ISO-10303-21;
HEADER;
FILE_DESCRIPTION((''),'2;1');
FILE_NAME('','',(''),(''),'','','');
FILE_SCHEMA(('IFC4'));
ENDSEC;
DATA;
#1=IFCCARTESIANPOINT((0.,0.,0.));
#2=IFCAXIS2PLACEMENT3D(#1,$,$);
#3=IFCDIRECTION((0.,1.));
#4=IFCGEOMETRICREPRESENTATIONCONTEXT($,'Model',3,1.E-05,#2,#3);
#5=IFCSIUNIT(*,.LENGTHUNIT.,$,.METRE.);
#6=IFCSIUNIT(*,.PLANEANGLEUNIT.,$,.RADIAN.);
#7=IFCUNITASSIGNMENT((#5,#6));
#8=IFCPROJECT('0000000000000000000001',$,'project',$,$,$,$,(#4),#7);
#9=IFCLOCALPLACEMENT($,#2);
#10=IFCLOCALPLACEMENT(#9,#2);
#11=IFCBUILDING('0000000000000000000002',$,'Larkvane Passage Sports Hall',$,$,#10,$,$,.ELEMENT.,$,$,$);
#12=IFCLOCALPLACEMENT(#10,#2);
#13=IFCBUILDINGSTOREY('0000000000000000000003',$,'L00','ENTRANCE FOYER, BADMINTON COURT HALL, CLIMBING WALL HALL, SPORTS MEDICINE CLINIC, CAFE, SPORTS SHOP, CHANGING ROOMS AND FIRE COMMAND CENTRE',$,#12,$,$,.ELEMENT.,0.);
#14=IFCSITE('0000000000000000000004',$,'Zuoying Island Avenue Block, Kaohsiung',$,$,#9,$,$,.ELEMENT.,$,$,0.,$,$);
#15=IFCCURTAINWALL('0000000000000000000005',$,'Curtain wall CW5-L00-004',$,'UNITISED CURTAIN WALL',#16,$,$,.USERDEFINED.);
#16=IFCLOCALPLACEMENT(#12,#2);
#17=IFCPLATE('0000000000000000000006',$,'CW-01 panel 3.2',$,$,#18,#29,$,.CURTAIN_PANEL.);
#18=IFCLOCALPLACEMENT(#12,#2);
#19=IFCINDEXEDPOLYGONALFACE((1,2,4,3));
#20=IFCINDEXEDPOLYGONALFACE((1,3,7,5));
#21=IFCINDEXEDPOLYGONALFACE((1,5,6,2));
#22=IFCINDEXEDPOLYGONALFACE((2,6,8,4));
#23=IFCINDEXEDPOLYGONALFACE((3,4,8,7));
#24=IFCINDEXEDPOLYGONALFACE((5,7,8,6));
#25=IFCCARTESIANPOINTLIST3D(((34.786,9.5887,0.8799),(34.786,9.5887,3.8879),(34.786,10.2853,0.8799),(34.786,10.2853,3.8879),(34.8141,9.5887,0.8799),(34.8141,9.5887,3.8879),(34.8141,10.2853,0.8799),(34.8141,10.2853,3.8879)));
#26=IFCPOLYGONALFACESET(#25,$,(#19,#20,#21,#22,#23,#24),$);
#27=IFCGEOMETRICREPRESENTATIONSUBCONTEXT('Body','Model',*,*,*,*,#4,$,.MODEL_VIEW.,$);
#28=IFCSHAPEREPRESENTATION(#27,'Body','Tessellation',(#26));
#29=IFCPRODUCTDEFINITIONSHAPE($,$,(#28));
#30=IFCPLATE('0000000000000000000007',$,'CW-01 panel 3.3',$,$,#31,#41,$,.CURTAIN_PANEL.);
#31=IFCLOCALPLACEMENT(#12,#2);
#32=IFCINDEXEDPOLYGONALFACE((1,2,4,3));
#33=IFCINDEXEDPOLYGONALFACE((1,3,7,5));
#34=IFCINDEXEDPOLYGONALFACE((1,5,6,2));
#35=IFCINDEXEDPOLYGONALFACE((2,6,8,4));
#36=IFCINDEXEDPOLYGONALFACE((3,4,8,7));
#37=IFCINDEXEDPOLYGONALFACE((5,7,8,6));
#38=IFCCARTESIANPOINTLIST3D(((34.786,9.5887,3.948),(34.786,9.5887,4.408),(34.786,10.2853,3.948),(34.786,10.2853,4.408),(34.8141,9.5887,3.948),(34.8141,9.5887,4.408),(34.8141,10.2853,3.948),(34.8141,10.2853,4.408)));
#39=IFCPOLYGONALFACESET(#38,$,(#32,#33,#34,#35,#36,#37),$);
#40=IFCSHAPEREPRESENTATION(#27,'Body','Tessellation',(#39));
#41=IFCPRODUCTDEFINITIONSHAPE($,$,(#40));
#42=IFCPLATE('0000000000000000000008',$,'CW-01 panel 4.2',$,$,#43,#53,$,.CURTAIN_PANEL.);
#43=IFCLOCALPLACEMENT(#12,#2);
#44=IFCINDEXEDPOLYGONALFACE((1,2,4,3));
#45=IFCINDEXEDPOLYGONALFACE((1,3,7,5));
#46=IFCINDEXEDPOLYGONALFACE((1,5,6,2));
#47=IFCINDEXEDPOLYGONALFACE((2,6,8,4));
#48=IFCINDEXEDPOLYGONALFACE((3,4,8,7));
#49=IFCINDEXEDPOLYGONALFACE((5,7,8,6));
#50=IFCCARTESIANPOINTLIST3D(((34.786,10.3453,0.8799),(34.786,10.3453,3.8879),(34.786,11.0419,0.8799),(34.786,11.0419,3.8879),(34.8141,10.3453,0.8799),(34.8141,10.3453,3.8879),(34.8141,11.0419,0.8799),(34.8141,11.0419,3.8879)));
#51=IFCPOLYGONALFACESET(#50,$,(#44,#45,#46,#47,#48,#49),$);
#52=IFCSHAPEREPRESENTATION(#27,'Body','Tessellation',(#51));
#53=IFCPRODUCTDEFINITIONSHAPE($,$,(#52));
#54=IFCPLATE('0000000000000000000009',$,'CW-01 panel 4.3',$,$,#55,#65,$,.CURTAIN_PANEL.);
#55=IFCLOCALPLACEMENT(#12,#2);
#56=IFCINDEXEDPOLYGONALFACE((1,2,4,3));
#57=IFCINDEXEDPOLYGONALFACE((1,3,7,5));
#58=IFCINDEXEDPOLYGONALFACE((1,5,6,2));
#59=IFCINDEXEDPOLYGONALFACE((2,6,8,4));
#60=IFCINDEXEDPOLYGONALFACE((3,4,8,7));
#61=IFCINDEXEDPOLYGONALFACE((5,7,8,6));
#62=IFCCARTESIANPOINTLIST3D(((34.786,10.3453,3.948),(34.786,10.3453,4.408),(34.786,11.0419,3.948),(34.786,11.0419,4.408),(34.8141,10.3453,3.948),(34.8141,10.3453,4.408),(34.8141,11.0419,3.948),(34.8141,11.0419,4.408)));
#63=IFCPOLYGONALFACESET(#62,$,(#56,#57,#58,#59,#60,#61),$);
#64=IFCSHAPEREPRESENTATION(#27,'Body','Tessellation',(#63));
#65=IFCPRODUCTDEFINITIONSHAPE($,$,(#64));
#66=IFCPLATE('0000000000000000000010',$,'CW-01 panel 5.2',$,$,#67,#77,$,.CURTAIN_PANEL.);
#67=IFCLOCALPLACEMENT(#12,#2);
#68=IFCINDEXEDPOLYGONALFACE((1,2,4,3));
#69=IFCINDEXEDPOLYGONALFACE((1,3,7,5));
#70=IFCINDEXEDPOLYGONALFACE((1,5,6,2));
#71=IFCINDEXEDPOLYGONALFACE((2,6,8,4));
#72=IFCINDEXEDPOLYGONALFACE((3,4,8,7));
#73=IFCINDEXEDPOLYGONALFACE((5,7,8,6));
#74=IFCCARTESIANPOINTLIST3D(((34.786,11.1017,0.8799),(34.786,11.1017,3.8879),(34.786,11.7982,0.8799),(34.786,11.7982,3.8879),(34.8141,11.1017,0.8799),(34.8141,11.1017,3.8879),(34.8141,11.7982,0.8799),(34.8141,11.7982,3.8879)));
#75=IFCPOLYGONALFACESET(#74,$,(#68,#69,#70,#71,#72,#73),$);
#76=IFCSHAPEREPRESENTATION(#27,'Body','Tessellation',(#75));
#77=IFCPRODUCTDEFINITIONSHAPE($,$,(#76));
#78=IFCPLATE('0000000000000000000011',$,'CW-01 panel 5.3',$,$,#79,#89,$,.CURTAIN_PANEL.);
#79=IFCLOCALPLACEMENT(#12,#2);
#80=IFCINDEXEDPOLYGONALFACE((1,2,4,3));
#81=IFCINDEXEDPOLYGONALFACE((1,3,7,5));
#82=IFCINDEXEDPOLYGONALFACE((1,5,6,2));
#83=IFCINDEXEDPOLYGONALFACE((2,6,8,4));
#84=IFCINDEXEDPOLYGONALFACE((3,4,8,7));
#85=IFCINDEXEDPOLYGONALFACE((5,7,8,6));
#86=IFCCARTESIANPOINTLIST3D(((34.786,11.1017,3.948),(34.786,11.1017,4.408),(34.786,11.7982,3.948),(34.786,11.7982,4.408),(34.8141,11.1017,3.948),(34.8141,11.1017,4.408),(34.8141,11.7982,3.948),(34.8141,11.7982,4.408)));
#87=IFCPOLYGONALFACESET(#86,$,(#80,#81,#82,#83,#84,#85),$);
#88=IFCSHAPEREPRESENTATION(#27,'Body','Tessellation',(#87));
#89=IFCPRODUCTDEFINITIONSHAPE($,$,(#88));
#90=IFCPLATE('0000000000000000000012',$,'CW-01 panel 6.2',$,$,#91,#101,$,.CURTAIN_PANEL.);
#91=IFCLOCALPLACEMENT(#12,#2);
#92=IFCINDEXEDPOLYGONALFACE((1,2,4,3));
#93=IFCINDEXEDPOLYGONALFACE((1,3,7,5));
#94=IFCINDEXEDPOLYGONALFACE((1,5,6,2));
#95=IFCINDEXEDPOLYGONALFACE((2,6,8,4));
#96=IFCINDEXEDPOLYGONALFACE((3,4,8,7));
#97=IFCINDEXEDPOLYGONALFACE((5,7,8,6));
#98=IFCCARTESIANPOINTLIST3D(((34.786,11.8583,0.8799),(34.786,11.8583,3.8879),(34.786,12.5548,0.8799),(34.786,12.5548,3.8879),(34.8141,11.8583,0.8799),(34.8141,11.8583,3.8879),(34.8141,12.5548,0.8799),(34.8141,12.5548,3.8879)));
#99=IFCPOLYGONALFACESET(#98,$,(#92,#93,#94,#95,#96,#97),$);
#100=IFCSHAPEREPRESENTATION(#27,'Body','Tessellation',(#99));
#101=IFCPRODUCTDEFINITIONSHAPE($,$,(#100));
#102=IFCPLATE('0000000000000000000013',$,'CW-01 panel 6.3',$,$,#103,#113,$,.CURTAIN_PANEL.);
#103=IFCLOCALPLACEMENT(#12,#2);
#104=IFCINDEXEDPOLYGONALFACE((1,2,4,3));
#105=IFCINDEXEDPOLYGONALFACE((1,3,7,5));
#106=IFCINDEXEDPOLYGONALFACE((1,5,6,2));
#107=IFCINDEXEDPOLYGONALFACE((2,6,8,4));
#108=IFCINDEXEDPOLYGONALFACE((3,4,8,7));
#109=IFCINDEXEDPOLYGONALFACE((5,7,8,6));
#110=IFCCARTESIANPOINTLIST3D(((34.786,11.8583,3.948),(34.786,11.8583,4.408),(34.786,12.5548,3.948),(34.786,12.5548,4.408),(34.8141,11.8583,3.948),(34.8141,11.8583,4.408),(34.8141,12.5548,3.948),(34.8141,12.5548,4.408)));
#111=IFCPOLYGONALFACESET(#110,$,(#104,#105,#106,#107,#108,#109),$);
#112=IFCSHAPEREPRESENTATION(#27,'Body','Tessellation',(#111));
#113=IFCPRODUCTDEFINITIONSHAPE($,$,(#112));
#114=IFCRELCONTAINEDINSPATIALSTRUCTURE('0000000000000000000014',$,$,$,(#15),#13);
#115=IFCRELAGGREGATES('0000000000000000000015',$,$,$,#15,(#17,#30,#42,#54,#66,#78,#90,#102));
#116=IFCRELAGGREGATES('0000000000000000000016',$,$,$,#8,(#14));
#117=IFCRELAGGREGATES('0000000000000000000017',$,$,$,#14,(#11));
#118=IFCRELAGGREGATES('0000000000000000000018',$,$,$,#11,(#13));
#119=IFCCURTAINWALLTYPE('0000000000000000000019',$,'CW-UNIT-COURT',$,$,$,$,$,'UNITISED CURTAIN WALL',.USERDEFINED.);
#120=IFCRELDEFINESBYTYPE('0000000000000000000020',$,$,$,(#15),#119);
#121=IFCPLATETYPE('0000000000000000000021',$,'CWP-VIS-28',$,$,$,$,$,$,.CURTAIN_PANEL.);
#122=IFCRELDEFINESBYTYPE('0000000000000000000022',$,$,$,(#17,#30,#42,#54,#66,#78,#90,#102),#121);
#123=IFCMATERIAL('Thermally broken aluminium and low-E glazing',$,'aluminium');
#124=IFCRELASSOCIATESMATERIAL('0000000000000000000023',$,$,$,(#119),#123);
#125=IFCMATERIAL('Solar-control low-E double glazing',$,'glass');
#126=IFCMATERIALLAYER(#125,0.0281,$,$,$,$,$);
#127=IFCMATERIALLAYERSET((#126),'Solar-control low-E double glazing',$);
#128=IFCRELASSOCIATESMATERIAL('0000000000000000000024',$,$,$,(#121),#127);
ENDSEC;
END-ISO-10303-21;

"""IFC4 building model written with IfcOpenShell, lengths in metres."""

from ifc_helpers import new_model, si_unit, direction, frame, origin, origin_2d, place, context, subcontext, project, spatial, rectangle, extrude, material, layer, layer_set, type_object, element, aggregate, save


model = new_model("IFC4")

# Units and contexts
model_context = context("Model", 3, precision=1e-05, world=origin(), true_north=direction((0.0, 1.0)))
body_context = subcontext(model_context, "Body", "Model", "MODEL_VIEW")
ifc_project = project(units=[si_unit("LENGTHUNIT", "METRE"), si_unit("PLANEANGLEUNIT", "RADIAN")], contexts=[model_context])

# Site, building, storey
site_placement = place(None, origin())
site = spatial("IfcSite", under=ifc_project, at=site_placement, Name="Zuoying Island Avenue Block, Kaohsiung", CompositionType="ELEMENT", RefElevation=0.0)
building_placement = place(site_placement, origin())
building = spatial("IfcBuilding", under=site, at=building_placement, Name="Larkvane Passage Sports Hall", CompositionType="ELEMENT")
storey_placement = place(building_placement, origin())
storey = spatial("IfcBuildingStorey", under=building, at=storey_placement, Name="L00", Description="ENTRANCE FOYER, BADMINTON COURT HALL, CLIMBING WALL HALL, SPORTS MEDICINE CLINIC, CAFE, SPORTS SHOP, CHANGING ROOMS AND FIRE COMMAND CENTRE", CompositionType="ELEMENT", Elevation=0.0)

# Curtain wall, plates
ifc_material_1 = material(Name="Thermally broken aluminium and low-E glazing", Category="aluminium")
curtain_wall_type = type_object("IfcCurtainWallType", Name="CW-UNIT-COURT", ElementType="UNITISED CURTAIN WALL", PredefinedType="USERDEFINED", material=ifc_material_1)
curtain_wall_placement = place(storey_placement, origin())
curtain_wall = element("IfcCurtainWall", 1, at=curtain_wall_placement, inside=storey, type_object=curtain_wall_type, Name="Curtain wall CW5-L00-004", ObjectType="UNITISED CURTAIN WALL", PredefinedType="USERDEFINED")
ifc_material_2 = material(Name="Solar-control low-E double glazing", Category="glass")
ifc_layer = layer(ifc_material_2, 0.0281)
ifc_layer_set = layer_set([ifc_layer], Name="Solar-control low-E double glazing")
plate_type = type_object("IfcPlateType", Name="CWP-VIS-28", PredefinedType="CURTAIN_PANEL", material=ifc_layer_set)
plate_1_placement = place(storey_placement, frame((34.8, 9.937, 0.8799), z_axis=(0.0, 0.0, 1.0), x_axis=(0.0, 1.0, 0.0)))
plate_1 = element("IfcPlate", 2, at=plate_1_placement, type_object=plate_type, Name="CW-01 panel 3.2", PredefinedType="CURTAIN_PANEL", context=body_context, shape_type="SweptSolid", body=[
    extrude(rectangle(XDim=0.6965, YDim=0.0281, at=origin_2d()), origin(), (0.0, 0.0, 1.0), 3.0081),
])
plate_2_placement = place(storey_placement, frame((34.8, 9.937, 3.948), z_axis=(0.0, 0.0, 1.0), x_axis=(0.0, 1.0, 0.0)))
plate_2 = element("IfcPlate", 3, at=plate_2_placement, type_object=plate_type, Name="CW-01 panel 3.3", PredefinedType="CURTAIN_PANEL", context=body_context, shape_type="SweptSolid", body=[
    extrude(rectangle(XDim=0.6965, YDim=0.0281, at=origin_2d()), origin(), (0.0, 0.0, 1.0), 0.46),
])
plate_3_placement = place(storey_placement, frame((34.8, 10.6936, 0.8799), z_axis=(0.0, 0.0, 1.0), x_axis=(0.0, 1.0, 0.0)))
plate_3 = element("IfcPlate", 4, at=plate_3_placement, type_object=plate_type, Name="CW-01 panel 4.2", PredefinedType="CURTAIN_PANEL", context=body_context, shape_type="SweptSolid", body=[
    extrude(rectangle(XDim=0.6965, YDim=0.0281, at=origin_2d()), origin(), (0.0, 0.0, 1.0), 3.0081),
])
plate_4_placement = place(storey_placement, frame((34.8, 10.6936, 3.948), z_axis=(0.0, 0.0, 1.0), x_axis=(0.0, 1.0, 0.0)))
plate_4 = element("IfcPlate", 5, at=plate_4_placement, type_object=plate_type, Name="CW-01 panel 4.3", PredefinedType="CURTAIN_PANEL", context=body_context, shape_type="SweptSolid", body=[
    extrude(rectangle(XDim=0.6965, YDim=0.0281, at=origin_2d()), origin(), (0.0, 0.0, 1.0), 0.46),
])
plate_5_placement = place(storey_placement, frame((34.8, 11.45, 0.8799), z_axis=(0.0, 0.0, 1.0), x_axis=(0.0, 1.0, 0.0)))
plate_5 = element("IfcPlate", 6, at=plate_5_placement, type_object=plate_type, Name="CW-01 panel 5.2", PredefinedType="CURTAIN_PANEL", context=body_context, shape_type="SweptSolid", body=[
    extrude(rectangle(XDim=0.6965, YDim=0.0281, at=origin_2d()), origin(), (0.0, 0.0, 1.0), 3.0081),
])
plate_6_placement = place(storey_placement, frame((34.8, 11.45, 3.948), z_axis=(0.0, 0.0, 1.0), x_axis=(0.0, 1.0, 0.0)))
plate_6 = element("IfcPlate", 7, at=plate_6_placement, type_object=plate_type, Name="CW-01 panel 5.3", PredefinedType="CURTAIN_PANEL", context=body_context, shape_type="SweptSolid", body=[
    extrude(rectangle(XDim=0.6965, YDim=0.0281, at=origin_2d()), origin(), (0.0, 0.0, 1.0), 0.46),
])
plate_7_placement = place(storey_placement, frame((34.8, 12.2065, 0.8799), z_axis=(0.0, 0.0, 1.0), x_axis=(0.0, 1.0, 0.0)))
plate_7 = element("IfcPlate", 8, at=plate_7_placement, type_object=plate_type, Name="CW-01 panel 6.2", PredefinedType="CURTAIN_PANEL", context=body_context, shape_type="SweptSolid", body=[
    extrude(rectangle(XDim=0.6965, YDim=0.0281, at=origin_2d()), origin(), (0.0, 0.0, 1.0), 3.0081),
])
plate_8_placement = place(storey_placement, frame((34.8, 12.2065, 3.948), z_axis=(0.0, 0.0, 1.0), x_axis=(0.0, 1.0, 0.0)))
plate_8 = element("IfcPlate", 9, at=plate_8_placement, type_object=plate_type, Name="CW-01 panel 6.3", PredefinedType="CURTAIN_PANEL", context=body_context, shape_type="SweptSolid", body=[
    extrude(rectangle(XDim=0.6965, YDim=0.0281, at=origin_2d()), origin(), (0.0, 0.0, 1.0), 0.46),
])
aggregate(curtain_wall, [plate_1, plate_2, plate_3, plate_4, plate_5, plate_6, plate_7, plate_8])

save(model, "model.ifc")
